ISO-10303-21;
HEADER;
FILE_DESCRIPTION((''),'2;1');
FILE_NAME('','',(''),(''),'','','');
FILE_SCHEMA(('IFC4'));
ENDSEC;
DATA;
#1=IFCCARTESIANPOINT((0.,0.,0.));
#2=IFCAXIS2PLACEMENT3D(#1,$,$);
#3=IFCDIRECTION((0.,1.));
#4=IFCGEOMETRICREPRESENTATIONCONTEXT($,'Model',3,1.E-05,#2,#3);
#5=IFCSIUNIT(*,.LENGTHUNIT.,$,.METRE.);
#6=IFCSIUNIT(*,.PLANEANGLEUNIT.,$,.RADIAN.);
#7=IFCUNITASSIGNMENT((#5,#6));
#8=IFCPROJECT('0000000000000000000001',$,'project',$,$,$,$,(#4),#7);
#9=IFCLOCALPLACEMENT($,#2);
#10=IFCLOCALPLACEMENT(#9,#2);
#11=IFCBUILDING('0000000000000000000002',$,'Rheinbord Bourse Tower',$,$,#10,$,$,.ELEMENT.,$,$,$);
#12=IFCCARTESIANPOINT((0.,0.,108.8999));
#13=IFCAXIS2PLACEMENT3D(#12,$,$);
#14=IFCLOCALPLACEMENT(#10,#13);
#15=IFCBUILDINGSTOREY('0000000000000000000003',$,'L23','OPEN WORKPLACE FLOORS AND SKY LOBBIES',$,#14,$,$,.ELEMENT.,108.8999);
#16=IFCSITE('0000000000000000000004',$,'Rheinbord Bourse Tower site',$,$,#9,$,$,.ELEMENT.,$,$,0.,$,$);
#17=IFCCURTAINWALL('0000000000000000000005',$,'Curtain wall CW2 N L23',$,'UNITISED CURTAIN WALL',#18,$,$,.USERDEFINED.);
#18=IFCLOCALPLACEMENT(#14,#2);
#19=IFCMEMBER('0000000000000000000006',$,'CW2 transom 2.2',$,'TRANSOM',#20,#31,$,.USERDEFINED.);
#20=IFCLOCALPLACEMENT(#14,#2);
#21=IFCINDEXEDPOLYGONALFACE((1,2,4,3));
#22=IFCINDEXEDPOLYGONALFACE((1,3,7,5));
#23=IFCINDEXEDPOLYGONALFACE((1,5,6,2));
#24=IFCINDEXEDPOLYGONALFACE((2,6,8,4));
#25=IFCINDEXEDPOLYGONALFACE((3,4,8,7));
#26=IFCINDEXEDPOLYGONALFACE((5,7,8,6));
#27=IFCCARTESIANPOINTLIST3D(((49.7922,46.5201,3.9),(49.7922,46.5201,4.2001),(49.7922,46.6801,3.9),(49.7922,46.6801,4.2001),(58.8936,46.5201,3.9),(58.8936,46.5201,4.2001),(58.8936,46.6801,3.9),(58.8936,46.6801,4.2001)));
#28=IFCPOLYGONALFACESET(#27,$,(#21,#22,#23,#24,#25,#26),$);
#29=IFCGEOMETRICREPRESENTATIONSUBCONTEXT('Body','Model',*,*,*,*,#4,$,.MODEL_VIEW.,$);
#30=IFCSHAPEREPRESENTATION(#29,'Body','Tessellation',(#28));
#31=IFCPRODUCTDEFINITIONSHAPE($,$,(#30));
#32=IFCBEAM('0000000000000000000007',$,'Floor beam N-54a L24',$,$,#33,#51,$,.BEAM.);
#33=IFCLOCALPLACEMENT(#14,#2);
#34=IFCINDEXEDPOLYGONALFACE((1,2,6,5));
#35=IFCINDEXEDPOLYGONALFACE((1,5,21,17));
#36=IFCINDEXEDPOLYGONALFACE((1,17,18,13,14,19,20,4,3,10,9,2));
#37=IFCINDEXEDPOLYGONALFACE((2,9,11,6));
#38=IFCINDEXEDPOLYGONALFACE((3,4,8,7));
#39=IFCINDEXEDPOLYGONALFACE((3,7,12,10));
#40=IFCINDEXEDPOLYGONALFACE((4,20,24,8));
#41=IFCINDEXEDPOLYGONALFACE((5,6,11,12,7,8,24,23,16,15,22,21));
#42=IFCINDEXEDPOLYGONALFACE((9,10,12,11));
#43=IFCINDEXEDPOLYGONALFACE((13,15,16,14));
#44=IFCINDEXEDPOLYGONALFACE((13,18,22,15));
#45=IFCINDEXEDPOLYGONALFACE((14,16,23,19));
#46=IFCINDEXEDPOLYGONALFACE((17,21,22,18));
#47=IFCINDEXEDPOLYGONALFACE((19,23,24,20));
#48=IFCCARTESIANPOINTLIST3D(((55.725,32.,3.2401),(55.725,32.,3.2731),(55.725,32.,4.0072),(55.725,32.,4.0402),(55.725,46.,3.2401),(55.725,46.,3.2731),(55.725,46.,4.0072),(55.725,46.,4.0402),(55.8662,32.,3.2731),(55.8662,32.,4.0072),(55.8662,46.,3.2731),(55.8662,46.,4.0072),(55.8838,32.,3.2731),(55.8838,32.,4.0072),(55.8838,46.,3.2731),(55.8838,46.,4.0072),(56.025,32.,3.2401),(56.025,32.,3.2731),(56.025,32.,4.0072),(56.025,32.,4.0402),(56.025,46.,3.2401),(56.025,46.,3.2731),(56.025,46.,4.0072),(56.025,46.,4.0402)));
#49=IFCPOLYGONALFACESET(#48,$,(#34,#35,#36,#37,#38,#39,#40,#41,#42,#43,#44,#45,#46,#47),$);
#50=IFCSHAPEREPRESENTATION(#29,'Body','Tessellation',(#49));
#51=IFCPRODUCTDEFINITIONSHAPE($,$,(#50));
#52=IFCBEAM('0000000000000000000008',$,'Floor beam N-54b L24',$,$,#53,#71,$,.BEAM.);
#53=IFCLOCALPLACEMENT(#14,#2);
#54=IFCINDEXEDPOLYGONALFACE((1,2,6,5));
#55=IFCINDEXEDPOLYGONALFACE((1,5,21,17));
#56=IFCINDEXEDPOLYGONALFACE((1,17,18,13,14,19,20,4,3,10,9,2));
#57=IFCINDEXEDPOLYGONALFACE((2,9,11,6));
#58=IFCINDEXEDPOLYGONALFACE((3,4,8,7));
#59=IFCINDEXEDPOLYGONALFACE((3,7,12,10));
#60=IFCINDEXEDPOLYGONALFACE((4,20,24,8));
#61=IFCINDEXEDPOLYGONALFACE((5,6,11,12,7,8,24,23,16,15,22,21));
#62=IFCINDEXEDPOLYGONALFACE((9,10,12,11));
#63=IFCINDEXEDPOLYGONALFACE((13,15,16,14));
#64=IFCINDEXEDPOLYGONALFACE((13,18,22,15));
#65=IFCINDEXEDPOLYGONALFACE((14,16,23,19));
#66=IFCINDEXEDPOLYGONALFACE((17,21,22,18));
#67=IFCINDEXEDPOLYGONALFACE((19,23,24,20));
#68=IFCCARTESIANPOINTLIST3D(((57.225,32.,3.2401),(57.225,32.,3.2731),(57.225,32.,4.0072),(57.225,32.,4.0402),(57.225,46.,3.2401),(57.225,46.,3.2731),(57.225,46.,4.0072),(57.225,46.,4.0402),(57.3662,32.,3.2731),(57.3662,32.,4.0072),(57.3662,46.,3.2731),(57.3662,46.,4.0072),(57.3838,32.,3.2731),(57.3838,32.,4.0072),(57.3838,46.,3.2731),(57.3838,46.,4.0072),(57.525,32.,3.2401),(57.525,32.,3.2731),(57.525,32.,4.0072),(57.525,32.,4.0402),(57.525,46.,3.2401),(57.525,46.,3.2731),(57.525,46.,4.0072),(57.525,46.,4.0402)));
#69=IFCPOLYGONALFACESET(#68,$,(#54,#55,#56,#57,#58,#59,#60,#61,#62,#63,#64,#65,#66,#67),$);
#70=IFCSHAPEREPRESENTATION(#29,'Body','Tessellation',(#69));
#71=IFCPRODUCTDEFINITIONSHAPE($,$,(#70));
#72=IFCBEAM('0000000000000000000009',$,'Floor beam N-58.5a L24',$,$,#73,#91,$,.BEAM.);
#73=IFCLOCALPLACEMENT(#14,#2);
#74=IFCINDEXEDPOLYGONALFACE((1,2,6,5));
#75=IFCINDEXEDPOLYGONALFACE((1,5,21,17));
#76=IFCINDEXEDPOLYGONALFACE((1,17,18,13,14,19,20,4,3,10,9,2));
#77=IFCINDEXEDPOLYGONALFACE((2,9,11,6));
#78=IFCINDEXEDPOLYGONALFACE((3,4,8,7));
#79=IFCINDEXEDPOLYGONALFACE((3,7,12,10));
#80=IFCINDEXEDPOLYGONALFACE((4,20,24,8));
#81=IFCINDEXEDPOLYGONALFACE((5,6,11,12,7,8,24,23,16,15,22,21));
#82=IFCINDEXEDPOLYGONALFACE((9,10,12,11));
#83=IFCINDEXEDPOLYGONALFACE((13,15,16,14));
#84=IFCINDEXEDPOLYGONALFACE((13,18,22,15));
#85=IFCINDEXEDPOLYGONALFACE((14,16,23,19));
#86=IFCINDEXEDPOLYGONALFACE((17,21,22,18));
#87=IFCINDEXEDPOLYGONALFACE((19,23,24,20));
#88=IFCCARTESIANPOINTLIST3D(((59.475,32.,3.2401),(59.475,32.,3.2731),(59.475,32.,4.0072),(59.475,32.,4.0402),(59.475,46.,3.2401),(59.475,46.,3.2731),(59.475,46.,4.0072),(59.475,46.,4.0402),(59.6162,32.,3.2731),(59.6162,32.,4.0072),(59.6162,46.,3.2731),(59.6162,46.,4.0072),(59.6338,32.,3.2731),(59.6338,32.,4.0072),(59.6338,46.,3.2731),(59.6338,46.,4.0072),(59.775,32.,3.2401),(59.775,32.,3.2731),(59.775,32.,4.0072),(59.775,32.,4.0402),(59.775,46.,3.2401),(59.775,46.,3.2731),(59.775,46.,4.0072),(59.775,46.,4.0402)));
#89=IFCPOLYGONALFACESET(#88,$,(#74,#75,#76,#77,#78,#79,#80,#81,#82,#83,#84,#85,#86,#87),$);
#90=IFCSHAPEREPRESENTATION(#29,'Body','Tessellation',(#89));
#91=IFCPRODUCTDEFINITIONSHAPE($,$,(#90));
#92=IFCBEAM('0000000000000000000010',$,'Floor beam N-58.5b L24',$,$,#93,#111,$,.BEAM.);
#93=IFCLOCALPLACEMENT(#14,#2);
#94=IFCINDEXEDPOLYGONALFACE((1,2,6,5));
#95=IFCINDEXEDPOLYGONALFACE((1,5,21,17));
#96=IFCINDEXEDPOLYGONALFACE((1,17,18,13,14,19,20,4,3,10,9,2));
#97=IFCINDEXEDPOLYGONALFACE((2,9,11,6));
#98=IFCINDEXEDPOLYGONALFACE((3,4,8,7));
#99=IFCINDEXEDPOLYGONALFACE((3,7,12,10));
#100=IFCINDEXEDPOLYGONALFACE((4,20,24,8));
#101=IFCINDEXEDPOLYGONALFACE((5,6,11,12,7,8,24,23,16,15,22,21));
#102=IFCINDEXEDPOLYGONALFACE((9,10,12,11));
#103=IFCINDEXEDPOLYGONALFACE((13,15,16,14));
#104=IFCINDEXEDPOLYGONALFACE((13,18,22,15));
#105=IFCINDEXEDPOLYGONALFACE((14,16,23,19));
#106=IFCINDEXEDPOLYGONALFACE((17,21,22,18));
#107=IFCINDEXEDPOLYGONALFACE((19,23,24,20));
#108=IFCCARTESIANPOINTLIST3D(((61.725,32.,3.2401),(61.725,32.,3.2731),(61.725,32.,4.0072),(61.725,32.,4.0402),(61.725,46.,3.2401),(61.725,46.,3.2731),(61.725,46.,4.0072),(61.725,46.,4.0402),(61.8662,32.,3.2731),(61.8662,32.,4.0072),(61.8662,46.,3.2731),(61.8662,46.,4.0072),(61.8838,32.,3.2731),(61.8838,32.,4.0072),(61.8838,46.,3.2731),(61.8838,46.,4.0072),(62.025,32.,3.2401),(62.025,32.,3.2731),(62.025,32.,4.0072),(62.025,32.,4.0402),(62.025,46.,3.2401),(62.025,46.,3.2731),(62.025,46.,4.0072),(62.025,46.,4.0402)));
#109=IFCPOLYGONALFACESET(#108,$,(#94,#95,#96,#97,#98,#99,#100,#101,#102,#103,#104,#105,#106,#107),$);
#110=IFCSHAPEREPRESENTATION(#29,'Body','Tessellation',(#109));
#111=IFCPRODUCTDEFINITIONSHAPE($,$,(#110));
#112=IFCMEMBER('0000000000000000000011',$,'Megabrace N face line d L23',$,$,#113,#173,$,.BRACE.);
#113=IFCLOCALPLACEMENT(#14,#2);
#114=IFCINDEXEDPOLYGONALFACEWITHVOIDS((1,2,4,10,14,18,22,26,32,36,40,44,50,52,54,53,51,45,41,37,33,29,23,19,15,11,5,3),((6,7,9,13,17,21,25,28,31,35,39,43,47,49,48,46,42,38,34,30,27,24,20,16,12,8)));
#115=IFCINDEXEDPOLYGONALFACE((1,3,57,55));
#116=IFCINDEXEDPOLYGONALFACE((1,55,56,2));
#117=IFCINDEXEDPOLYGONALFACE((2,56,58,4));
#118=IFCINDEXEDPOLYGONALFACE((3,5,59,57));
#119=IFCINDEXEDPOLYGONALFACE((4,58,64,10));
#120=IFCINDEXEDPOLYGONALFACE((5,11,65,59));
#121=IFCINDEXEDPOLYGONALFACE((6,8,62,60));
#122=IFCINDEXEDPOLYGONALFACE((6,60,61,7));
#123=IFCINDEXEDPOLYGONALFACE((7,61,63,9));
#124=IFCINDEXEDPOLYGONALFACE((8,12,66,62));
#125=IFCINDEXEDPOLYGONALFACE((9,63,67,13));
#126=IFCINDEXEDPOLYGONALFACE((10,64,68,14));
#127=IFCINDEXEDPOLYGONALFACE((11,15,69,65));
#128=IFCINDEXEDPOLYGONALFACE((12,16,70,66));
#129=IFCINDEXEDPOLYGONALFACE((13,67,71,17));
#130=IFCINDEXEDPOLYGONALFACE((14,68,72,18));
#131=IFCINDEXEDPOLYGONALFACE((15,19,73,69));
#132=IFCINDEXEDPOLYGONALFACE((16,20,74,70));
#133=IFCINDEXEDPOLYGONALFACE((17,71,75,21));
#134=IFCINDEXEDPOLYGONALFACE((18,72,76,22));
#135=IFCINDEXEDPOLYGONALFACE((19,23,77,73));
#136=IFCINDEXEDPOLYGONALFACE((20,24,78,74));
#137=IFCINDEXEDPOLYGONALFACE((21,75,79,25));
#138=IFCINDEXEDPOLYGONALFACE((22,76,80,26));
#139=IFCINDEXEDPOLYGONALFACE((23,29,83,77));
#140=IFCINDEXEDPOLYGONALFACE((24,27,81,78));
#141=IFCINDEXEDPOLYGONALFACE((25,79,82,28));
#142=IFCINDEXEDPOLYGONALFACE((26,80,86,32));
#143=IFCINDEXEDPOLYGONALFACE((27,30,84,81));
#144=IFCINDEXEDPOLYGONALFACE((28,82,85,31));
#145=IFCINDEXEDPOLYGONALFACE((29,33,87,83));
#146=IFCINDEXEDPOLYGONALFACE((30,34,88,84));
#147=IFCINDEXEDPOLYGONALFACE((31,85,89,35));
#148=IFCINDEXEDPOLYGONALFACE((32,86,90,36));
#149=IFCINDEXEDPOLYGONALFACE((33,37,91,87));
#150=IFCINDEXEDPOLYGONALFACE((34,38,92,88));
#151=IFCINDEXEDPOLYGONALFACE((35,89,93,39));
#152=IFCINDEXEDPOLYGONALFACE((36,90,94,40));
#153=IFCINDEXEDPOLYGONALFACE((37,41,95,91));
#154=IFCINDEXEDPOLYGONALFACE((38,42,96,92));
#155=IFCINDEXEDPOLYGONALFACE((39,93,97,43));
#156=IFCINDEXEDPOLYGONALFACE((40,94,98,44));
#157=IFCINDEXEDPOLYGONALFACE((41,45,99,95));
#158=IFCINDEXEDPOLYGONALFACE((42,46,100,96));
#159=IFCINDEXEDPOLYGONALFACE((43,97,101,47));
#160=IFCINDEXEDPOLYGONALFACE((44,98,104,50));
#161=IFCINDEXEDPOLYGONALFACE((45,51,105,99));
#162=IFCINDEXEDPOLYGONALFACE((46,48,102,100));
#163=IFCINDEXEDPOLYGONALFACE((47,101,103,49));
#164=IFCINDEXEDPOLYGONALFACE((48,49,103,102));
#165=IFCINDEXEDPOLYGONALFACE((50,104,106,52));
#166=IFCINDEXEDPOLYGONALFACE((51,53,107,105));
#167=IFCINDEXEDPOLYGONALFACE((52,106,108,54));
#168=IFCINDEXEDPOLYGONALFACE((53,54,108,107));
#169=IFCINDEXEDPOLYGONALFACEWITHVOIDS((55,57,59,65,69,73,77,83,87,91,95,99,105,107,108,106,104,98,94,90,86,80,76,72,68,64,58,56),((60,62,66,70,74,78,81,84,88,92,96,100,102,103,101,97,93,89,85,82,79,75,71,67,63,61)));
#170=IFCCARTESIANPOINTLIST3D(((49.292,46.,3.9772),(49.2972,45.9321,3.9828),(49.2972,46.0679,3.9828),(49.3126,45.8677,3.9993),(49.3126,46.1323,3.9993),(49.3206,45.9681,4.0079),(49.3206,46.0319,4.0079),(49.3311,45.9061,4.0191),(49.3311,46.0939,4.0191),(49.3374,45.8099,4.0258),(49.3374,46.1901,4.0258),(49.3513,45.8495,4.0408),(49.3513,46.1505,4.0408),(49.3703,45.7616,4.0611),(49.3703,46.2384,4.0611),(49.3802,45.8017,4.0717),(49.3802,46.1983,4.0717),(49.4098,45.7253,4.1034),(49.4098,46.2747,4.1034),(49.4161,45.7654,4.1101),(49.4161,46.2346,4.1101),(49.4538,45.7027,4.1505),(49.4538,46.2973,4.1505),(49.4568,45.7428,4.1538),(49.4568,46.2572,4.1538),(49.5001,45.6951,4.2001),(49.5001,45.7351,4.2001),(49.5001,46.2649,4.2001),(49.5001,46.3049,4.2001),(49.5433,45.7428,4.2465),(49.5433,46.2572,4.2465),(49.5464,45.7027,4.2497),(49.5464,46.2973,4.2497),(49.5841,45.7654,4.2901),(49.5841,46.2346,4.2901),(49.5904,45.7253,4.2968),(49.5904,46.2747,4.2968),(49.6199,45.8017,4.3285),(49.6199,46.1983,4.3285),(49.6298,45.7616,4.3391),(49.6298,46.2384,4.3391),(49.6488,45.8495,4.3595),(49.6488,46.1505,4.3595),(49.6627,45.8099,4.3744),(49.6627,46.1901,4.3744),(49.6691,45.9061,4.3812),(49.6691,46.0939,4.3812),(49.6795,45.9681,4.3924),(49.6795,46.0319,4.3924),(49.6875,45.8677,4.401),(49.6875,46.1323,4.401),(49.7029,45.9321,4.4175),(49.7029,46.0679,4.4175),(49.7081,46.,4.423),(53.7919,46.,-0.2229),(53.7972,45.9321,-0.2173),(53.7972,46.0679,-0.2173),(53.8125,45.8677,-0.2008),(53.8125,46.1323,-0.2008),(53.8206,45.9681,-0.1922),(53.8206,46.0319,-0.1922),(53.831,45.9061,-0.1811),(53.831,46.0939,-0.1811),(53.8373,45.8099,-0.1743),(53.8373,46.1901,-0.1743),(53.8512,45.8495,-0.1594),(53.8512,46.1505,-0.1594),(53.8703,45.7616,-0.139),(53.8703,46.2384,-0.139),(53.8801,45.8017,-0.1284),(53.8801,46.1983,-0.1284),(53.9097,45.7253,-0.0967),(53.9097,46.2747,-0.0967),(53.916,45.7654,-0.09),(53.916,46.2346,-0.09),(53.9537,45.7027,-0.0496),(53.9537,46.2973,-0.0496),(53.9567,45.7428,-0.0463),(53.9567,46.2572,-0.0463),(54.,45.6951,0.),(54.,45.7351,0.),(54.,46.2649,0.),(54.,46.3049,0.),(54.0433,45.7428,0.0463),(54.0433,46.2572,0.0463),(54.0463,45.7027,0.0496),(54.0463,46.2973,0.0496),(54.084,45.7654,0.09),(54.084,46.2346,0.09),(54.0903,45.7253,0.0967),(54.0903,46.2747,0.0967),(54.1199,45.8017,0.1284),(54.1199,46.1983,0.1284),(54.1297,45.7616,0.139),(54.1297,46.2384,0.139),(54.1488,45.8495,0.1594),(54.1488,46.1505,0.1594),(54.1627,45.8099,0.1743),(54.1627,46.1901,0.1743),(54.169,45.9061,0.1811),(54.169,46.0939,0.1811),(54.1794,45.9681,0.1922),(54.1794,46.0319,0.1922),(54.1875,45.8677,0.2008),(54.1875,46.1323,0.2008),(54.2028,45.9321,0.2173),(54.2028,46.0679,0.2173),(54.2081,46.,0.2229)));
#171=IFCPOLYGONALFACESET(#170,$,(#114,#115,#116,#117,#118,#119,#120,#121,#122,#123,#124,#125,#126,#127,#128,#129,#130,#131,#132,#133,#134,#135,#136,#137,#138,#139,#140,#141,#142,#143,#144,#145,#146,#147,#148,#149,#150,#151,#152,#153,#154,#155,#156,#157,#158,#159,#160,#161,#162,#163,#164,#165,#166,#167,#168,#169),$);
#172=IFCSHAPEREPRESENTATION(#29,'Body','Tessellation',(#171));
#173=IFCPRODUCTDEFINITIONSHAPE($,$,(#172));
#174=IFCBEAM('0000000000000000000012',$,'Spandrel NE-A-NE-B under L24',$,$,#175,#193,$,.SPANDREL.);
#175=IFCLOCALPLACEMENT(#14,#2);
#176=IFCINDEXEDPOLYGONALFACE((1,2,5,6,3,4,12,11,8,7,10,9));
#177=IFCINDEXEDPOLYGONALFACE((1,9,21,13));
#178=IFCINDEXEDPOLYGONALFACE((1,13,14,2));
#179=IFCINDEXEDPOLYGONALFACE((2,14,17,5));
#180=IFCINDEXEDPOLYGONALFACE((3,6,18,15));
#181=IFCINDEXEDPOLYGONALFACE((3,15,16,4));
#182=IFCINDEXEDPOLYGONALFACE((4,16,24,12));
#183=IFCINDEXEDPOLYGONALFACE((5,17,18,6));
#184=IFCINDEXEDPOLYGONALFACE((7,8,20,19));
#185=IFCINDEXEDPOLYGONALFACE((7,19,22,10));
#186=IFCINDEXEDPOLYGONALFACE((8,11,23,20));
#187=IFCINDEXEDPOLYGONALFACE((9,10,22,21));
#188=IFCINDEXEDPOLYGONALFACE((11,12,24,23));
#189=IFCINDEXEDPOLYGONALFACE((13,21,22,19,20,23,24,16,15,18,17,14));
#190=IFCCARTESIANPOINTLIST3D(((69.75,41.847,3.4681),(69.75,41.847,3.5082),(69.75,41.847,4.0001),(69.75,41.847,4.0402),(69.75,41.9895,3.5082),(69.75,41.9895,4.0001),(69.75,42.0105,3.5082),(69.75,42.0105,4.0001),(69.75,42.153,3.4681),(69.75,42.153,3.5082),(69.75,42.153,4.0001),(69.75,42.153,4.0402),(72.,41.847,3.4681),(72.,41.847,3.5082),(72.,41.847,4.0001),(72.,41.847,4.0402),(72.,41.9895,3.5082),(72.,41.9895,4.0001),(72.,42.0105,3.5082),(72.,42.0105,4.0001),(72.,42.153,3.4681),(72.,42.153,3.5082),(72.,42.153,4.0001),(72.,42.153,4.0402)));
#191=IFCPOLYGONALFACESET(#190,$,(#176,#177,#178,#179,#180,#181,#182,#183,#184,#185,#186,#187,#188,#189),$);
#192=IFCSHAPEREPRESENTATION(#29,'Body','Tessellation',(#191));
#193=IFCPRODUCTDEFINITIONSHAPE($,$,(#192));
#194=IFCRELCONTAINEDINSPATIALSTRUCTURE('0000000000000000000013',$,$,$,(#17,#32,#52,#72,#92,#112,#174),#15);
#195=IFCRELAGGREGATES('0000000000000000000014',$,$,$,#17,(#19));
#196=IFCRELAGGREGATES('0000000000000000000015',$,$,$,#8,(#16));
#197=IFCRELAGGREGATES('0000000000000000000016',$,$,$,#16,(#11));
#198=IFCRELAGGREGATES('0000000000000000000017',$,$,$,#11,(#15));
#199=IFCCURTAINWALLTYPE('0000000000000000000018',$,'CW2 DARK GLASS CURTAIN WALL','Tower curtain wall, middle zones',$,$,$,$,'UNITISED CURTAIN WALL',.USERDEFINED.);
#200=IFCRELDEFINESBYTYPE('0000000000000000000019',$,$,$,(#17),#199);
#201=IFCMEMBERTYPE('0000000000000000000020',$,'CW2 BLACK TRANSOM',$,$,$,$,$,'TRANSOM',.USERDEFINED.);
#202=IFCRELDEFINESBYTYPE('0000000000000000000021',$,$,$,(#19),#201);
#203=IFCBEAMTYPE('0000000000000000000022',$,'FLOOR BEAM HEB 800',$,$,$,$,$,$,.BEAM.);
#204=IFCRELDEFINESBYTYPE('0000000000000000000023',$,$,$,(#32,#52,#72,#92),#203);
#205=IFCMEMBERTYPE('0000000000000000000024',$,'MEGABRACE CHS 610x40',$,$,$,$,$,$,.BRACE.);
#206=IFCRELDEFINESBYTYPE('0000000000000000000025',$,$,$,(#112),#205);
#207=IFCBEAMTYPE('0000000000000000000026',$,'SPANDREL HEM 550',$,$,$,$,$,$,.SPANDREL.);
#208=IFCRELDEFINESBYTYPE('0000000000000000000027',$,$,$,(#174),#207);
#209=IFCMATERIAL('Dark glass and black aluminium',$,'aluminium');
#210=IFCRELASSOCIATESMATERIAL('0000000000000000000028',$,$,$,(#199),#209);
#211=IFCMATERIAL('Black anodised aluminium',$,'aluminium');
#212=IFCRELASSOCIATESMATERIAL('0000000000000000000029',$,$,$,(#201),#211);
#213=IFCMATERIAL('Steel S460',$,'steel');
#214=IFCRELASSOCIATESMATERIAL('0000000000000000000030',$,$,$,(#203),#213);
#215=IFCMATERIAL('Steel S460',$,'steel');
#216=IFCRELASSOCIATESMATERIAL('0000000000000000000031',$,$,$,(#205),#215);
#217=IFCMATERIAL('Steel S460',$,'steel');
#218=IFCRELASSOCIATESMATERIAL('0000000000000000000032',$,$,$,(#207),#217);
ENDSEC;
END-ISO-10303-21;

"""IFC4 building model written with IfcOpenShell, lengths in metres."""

from ifc_helpers import new_model, si_unit, direction, frame, origin, origin_2d, place, context, subcontext, project, spatial, rectangle, hollow_circle, i_section, extrude, material, material_profile, profile_set, type_object, element, aggregate, save


model = new_model("IFC4")

# Units and contexts
model_context = context("Model", 3, precision=1e-05, world=origin(), true_north=direction((0.0, 1.0)))
body_context = subcontext(model_context, "Body", "Model", "MODEL_VIEW")
ifc_project = project(units=[si_unit("LENGTHUNIT", "METRE"), si_unit("PLANEANGLEUNIT", "RADIAN")], contexts=[model_context])

# Site, building, storey
site_placement = place(None, origin())
site = spatial("IfcSite", under=ifc_project, at=site_placement, Name="Rheinbord Bourse Tower site", CompositionType="ELEMENT", RefElevation=0.0)
building_placement = place(site_placement, origin())
building = spatial("IfcBuilding", under=site, at=building_placement, Name="Rheinbord Bourse Tower", CompositionType="ELEMENT")
storey_placement = place(building_placement, frame((0.0, 0.0, 108.8999)))
storey = spatial("IfcBuildingStorey", under=building, at=storey_placement, Name="L23", Description="OPEN WORKPLACE FLOORS AND SKY LOBBIES", CompositionType="ELEMENT", Elevation=108.8999)

# Curtain wall
ifc_material_1 = material(Name="Dark glass and black aluminium", Category="aluminium")
curtain_wall_type = type_object("IfcCurtainWallType", Name="CW2 DARK GLASS CURTAIN WALL", Description="Tower curtain wall, middle zones", ElementType="UNITISED CURTAIN WALL", PredefinedType="USERDEFINED", material=ifc_material_1)
curtain_wall_1_placement = place(storey_placement, origin())
curtain_wall_1 = element("IfcCurtainWall", 1, at=curtain_wall_1_placement, inside=storey, type_object=curtain_wall_type, Name="Curtain wall CW2 N L23", ObjectType="UNITISED CURTAIN WALL", PredefinedType="USERDEFINED")

# Member
ifc_material_2 = material(Name="Black anodised aluminium", Category="aluminium")
ifc_material_profile_1 = material_profile(ifc_material_2, rectangle(XDim=0.1599, YDim=0.3, at=origin_2d()), Name="CW2 TRANSOM 300x160")
ifc_profile_set_1 = profile_set([ifc_material_profile_1], Name="Black anodised aluminium")
member_type_1 = type_object("IfcMemberType", Name="CW2 BLACK TRANSOM", ElementType="TRANSOM", PredefinedType="USERDEFINED", material=ifc_profile_set_1)
member_1_placement = place(storey_placement, frame((58.8936, 46.6001, 4.05), z_axis=(-1.0, 0.0, 0.0), x_axis=(0.0, -1.0, 0.0)))
member_1 = element("IfcMember", 2, at=member_1_placement, type_object=member_type_1, Name="CW2 transom 2.2", ObjectType="TRANSOM", PredefinedType="USERDEFINED", context=body_context, shape_type="SweptSolid", body=[
    extrude(rectangle(XDim=0.1599, YDim=0.3, at=origin_2d()), origin(), (0.0, 0.0, 1.0), 9.1013),
])

# Beams
ifc_material_3 = material(Name="Steel S460", Category="steel")
ifc_material_profile_2 = material_profile(ifc_material_3, i_section(OverallWidth=0.3, OverallDepth=0.8, WebThickness=0.0176, FlangeThickness=0.033, at=origin_2d()), Name="HEB 800")
ifc_profile_set_2 = profile_set([ifc_material_profile_2], Name="Steel S460")
beam_type_1 = type_object("IfcBeamType", Name="FLOOR BEAM HEB 800", PredefinedType="BEAM", material=ifc_profile_set_2)
for number, where, z_axis, x_axis, name in (
    (3, (55.875, 46.0, 3.6401), (0.0, -1.0, 0.0), (1.0, 0.0, 0.0), "Floor beam N-54a L24"),
    (4, (57.375, 46.0, 3.6401), (0.0, -1.0, 0.0), (1.0, 0.0, 0.0), "Floor beam N-54b L24"),
    (5, (59.625, 46.0, 3.6401), (0.0, -1.0, 0.0), (1.0, 0.0, 0.0), "Floor beam N-58.5a L24"),
    (6, (61.875, 46.0, 3.6401), (0.0, -1.0, 0.0), (1.0, 0.0, 0.0), "Floor beam N-58.5b L24"),
):
    element("IfcBeam", number, at=place(storey_placement, frame(where, z_axis=z_axis, x_axis=x_axis)), inside=storey, type_object=beam_type_1, Name=name, PredefinedType="BEAM", context=body_context, shape_type="SweptSolid", body=[
        extrude(i_section(OverallWidth=0.3, OverallDepth=0.8, WebThickness=0.0176, FlangeThickness=0.033, at=origin_2d()), origin(), (0.0, 0.0, 1.0), 14.0),
    ])

# Member
ifc_material_4 = material(Name="Steel S460", Category="steel")
ifc_material_profile_3 = material_profile(ifc_material_4, hollow_circle(Radius=0.3049, WallThickness=0.04, at=origin_2d()), Name="CHS 610x40")
ifc_profile_set_3 = profile_set([ifc_material_profile_3], Name="Steel S460")
member_type_2 = type_object("IfcMemberType", Name="MEGABRACE CHS 610x40", PredefinedType="BRACE", material=ifc_profile_set_3)
member_2_placement = place(storey_placement, frame((54.0, 46.0, 0.0), z_axis=(-0.731039, 0.0, 0.682335), x_axis=(0.0, -1.0, 0.0)))
element("IfcMember", 7, at=member_2_placement, inside=storey, type_object=member_type_2, Name="Megabrace N face line d L23", PredefinedType="BRACE", context=body_context, shape_type="SweptSolid", body=[
    extrude(hollow_circle(Radius=0.3049, WallThickness=0.04, at=origin_2d()), origin(), (0.0, 0.0, 1.0), 6.1555),
])

# Beam
ifc_material_5 = material(Name="Steel S460", Category="steel")
ifc_material_profile_4 = material_profile(ifc_material_5, i_section(OverallWidth=0.3059, OverallDepth=0.572, WebThickness=0.021, FlangeThickness=0.04, at=origin_2d()), Name="HEM 550")
ifc_profile_set_4 = profile_set([ifc_material_profile_4], Name="Steel S460")
beam_type_2 = type_object("IfcBeamType", Name="SPANDREL HEM 550", PredefinedType="SPANDREL", material=ifc_profile_set_4)
beam_1_placement = place(storey_placement, frame((72.0, 42.0, 3.7542), z_axis=(-1.0, 0.0, 0.0), x_axis=(0.0, -1.0, 0.0)))
element("IfcBeam", 8, at=beam_1_placement, inside=storey, type_object=beam_type_2, Name="Spandrel NE-A-NE-B under L24", PredefinedType="SPANDREL", context=body_context, shape_type="SweptSolid", body=[
    extrude(i_section(OverallWidth=0.3059, OverallDepth=0.572, WebThickness=0.021, FlangeThickness=0.04, at=origin_2d()), origin(), (0.0, 0.0, 1.0), 2.25),
])

aggregate(curtain_wall_1, [member_1])

save(model, "model.ifc")
